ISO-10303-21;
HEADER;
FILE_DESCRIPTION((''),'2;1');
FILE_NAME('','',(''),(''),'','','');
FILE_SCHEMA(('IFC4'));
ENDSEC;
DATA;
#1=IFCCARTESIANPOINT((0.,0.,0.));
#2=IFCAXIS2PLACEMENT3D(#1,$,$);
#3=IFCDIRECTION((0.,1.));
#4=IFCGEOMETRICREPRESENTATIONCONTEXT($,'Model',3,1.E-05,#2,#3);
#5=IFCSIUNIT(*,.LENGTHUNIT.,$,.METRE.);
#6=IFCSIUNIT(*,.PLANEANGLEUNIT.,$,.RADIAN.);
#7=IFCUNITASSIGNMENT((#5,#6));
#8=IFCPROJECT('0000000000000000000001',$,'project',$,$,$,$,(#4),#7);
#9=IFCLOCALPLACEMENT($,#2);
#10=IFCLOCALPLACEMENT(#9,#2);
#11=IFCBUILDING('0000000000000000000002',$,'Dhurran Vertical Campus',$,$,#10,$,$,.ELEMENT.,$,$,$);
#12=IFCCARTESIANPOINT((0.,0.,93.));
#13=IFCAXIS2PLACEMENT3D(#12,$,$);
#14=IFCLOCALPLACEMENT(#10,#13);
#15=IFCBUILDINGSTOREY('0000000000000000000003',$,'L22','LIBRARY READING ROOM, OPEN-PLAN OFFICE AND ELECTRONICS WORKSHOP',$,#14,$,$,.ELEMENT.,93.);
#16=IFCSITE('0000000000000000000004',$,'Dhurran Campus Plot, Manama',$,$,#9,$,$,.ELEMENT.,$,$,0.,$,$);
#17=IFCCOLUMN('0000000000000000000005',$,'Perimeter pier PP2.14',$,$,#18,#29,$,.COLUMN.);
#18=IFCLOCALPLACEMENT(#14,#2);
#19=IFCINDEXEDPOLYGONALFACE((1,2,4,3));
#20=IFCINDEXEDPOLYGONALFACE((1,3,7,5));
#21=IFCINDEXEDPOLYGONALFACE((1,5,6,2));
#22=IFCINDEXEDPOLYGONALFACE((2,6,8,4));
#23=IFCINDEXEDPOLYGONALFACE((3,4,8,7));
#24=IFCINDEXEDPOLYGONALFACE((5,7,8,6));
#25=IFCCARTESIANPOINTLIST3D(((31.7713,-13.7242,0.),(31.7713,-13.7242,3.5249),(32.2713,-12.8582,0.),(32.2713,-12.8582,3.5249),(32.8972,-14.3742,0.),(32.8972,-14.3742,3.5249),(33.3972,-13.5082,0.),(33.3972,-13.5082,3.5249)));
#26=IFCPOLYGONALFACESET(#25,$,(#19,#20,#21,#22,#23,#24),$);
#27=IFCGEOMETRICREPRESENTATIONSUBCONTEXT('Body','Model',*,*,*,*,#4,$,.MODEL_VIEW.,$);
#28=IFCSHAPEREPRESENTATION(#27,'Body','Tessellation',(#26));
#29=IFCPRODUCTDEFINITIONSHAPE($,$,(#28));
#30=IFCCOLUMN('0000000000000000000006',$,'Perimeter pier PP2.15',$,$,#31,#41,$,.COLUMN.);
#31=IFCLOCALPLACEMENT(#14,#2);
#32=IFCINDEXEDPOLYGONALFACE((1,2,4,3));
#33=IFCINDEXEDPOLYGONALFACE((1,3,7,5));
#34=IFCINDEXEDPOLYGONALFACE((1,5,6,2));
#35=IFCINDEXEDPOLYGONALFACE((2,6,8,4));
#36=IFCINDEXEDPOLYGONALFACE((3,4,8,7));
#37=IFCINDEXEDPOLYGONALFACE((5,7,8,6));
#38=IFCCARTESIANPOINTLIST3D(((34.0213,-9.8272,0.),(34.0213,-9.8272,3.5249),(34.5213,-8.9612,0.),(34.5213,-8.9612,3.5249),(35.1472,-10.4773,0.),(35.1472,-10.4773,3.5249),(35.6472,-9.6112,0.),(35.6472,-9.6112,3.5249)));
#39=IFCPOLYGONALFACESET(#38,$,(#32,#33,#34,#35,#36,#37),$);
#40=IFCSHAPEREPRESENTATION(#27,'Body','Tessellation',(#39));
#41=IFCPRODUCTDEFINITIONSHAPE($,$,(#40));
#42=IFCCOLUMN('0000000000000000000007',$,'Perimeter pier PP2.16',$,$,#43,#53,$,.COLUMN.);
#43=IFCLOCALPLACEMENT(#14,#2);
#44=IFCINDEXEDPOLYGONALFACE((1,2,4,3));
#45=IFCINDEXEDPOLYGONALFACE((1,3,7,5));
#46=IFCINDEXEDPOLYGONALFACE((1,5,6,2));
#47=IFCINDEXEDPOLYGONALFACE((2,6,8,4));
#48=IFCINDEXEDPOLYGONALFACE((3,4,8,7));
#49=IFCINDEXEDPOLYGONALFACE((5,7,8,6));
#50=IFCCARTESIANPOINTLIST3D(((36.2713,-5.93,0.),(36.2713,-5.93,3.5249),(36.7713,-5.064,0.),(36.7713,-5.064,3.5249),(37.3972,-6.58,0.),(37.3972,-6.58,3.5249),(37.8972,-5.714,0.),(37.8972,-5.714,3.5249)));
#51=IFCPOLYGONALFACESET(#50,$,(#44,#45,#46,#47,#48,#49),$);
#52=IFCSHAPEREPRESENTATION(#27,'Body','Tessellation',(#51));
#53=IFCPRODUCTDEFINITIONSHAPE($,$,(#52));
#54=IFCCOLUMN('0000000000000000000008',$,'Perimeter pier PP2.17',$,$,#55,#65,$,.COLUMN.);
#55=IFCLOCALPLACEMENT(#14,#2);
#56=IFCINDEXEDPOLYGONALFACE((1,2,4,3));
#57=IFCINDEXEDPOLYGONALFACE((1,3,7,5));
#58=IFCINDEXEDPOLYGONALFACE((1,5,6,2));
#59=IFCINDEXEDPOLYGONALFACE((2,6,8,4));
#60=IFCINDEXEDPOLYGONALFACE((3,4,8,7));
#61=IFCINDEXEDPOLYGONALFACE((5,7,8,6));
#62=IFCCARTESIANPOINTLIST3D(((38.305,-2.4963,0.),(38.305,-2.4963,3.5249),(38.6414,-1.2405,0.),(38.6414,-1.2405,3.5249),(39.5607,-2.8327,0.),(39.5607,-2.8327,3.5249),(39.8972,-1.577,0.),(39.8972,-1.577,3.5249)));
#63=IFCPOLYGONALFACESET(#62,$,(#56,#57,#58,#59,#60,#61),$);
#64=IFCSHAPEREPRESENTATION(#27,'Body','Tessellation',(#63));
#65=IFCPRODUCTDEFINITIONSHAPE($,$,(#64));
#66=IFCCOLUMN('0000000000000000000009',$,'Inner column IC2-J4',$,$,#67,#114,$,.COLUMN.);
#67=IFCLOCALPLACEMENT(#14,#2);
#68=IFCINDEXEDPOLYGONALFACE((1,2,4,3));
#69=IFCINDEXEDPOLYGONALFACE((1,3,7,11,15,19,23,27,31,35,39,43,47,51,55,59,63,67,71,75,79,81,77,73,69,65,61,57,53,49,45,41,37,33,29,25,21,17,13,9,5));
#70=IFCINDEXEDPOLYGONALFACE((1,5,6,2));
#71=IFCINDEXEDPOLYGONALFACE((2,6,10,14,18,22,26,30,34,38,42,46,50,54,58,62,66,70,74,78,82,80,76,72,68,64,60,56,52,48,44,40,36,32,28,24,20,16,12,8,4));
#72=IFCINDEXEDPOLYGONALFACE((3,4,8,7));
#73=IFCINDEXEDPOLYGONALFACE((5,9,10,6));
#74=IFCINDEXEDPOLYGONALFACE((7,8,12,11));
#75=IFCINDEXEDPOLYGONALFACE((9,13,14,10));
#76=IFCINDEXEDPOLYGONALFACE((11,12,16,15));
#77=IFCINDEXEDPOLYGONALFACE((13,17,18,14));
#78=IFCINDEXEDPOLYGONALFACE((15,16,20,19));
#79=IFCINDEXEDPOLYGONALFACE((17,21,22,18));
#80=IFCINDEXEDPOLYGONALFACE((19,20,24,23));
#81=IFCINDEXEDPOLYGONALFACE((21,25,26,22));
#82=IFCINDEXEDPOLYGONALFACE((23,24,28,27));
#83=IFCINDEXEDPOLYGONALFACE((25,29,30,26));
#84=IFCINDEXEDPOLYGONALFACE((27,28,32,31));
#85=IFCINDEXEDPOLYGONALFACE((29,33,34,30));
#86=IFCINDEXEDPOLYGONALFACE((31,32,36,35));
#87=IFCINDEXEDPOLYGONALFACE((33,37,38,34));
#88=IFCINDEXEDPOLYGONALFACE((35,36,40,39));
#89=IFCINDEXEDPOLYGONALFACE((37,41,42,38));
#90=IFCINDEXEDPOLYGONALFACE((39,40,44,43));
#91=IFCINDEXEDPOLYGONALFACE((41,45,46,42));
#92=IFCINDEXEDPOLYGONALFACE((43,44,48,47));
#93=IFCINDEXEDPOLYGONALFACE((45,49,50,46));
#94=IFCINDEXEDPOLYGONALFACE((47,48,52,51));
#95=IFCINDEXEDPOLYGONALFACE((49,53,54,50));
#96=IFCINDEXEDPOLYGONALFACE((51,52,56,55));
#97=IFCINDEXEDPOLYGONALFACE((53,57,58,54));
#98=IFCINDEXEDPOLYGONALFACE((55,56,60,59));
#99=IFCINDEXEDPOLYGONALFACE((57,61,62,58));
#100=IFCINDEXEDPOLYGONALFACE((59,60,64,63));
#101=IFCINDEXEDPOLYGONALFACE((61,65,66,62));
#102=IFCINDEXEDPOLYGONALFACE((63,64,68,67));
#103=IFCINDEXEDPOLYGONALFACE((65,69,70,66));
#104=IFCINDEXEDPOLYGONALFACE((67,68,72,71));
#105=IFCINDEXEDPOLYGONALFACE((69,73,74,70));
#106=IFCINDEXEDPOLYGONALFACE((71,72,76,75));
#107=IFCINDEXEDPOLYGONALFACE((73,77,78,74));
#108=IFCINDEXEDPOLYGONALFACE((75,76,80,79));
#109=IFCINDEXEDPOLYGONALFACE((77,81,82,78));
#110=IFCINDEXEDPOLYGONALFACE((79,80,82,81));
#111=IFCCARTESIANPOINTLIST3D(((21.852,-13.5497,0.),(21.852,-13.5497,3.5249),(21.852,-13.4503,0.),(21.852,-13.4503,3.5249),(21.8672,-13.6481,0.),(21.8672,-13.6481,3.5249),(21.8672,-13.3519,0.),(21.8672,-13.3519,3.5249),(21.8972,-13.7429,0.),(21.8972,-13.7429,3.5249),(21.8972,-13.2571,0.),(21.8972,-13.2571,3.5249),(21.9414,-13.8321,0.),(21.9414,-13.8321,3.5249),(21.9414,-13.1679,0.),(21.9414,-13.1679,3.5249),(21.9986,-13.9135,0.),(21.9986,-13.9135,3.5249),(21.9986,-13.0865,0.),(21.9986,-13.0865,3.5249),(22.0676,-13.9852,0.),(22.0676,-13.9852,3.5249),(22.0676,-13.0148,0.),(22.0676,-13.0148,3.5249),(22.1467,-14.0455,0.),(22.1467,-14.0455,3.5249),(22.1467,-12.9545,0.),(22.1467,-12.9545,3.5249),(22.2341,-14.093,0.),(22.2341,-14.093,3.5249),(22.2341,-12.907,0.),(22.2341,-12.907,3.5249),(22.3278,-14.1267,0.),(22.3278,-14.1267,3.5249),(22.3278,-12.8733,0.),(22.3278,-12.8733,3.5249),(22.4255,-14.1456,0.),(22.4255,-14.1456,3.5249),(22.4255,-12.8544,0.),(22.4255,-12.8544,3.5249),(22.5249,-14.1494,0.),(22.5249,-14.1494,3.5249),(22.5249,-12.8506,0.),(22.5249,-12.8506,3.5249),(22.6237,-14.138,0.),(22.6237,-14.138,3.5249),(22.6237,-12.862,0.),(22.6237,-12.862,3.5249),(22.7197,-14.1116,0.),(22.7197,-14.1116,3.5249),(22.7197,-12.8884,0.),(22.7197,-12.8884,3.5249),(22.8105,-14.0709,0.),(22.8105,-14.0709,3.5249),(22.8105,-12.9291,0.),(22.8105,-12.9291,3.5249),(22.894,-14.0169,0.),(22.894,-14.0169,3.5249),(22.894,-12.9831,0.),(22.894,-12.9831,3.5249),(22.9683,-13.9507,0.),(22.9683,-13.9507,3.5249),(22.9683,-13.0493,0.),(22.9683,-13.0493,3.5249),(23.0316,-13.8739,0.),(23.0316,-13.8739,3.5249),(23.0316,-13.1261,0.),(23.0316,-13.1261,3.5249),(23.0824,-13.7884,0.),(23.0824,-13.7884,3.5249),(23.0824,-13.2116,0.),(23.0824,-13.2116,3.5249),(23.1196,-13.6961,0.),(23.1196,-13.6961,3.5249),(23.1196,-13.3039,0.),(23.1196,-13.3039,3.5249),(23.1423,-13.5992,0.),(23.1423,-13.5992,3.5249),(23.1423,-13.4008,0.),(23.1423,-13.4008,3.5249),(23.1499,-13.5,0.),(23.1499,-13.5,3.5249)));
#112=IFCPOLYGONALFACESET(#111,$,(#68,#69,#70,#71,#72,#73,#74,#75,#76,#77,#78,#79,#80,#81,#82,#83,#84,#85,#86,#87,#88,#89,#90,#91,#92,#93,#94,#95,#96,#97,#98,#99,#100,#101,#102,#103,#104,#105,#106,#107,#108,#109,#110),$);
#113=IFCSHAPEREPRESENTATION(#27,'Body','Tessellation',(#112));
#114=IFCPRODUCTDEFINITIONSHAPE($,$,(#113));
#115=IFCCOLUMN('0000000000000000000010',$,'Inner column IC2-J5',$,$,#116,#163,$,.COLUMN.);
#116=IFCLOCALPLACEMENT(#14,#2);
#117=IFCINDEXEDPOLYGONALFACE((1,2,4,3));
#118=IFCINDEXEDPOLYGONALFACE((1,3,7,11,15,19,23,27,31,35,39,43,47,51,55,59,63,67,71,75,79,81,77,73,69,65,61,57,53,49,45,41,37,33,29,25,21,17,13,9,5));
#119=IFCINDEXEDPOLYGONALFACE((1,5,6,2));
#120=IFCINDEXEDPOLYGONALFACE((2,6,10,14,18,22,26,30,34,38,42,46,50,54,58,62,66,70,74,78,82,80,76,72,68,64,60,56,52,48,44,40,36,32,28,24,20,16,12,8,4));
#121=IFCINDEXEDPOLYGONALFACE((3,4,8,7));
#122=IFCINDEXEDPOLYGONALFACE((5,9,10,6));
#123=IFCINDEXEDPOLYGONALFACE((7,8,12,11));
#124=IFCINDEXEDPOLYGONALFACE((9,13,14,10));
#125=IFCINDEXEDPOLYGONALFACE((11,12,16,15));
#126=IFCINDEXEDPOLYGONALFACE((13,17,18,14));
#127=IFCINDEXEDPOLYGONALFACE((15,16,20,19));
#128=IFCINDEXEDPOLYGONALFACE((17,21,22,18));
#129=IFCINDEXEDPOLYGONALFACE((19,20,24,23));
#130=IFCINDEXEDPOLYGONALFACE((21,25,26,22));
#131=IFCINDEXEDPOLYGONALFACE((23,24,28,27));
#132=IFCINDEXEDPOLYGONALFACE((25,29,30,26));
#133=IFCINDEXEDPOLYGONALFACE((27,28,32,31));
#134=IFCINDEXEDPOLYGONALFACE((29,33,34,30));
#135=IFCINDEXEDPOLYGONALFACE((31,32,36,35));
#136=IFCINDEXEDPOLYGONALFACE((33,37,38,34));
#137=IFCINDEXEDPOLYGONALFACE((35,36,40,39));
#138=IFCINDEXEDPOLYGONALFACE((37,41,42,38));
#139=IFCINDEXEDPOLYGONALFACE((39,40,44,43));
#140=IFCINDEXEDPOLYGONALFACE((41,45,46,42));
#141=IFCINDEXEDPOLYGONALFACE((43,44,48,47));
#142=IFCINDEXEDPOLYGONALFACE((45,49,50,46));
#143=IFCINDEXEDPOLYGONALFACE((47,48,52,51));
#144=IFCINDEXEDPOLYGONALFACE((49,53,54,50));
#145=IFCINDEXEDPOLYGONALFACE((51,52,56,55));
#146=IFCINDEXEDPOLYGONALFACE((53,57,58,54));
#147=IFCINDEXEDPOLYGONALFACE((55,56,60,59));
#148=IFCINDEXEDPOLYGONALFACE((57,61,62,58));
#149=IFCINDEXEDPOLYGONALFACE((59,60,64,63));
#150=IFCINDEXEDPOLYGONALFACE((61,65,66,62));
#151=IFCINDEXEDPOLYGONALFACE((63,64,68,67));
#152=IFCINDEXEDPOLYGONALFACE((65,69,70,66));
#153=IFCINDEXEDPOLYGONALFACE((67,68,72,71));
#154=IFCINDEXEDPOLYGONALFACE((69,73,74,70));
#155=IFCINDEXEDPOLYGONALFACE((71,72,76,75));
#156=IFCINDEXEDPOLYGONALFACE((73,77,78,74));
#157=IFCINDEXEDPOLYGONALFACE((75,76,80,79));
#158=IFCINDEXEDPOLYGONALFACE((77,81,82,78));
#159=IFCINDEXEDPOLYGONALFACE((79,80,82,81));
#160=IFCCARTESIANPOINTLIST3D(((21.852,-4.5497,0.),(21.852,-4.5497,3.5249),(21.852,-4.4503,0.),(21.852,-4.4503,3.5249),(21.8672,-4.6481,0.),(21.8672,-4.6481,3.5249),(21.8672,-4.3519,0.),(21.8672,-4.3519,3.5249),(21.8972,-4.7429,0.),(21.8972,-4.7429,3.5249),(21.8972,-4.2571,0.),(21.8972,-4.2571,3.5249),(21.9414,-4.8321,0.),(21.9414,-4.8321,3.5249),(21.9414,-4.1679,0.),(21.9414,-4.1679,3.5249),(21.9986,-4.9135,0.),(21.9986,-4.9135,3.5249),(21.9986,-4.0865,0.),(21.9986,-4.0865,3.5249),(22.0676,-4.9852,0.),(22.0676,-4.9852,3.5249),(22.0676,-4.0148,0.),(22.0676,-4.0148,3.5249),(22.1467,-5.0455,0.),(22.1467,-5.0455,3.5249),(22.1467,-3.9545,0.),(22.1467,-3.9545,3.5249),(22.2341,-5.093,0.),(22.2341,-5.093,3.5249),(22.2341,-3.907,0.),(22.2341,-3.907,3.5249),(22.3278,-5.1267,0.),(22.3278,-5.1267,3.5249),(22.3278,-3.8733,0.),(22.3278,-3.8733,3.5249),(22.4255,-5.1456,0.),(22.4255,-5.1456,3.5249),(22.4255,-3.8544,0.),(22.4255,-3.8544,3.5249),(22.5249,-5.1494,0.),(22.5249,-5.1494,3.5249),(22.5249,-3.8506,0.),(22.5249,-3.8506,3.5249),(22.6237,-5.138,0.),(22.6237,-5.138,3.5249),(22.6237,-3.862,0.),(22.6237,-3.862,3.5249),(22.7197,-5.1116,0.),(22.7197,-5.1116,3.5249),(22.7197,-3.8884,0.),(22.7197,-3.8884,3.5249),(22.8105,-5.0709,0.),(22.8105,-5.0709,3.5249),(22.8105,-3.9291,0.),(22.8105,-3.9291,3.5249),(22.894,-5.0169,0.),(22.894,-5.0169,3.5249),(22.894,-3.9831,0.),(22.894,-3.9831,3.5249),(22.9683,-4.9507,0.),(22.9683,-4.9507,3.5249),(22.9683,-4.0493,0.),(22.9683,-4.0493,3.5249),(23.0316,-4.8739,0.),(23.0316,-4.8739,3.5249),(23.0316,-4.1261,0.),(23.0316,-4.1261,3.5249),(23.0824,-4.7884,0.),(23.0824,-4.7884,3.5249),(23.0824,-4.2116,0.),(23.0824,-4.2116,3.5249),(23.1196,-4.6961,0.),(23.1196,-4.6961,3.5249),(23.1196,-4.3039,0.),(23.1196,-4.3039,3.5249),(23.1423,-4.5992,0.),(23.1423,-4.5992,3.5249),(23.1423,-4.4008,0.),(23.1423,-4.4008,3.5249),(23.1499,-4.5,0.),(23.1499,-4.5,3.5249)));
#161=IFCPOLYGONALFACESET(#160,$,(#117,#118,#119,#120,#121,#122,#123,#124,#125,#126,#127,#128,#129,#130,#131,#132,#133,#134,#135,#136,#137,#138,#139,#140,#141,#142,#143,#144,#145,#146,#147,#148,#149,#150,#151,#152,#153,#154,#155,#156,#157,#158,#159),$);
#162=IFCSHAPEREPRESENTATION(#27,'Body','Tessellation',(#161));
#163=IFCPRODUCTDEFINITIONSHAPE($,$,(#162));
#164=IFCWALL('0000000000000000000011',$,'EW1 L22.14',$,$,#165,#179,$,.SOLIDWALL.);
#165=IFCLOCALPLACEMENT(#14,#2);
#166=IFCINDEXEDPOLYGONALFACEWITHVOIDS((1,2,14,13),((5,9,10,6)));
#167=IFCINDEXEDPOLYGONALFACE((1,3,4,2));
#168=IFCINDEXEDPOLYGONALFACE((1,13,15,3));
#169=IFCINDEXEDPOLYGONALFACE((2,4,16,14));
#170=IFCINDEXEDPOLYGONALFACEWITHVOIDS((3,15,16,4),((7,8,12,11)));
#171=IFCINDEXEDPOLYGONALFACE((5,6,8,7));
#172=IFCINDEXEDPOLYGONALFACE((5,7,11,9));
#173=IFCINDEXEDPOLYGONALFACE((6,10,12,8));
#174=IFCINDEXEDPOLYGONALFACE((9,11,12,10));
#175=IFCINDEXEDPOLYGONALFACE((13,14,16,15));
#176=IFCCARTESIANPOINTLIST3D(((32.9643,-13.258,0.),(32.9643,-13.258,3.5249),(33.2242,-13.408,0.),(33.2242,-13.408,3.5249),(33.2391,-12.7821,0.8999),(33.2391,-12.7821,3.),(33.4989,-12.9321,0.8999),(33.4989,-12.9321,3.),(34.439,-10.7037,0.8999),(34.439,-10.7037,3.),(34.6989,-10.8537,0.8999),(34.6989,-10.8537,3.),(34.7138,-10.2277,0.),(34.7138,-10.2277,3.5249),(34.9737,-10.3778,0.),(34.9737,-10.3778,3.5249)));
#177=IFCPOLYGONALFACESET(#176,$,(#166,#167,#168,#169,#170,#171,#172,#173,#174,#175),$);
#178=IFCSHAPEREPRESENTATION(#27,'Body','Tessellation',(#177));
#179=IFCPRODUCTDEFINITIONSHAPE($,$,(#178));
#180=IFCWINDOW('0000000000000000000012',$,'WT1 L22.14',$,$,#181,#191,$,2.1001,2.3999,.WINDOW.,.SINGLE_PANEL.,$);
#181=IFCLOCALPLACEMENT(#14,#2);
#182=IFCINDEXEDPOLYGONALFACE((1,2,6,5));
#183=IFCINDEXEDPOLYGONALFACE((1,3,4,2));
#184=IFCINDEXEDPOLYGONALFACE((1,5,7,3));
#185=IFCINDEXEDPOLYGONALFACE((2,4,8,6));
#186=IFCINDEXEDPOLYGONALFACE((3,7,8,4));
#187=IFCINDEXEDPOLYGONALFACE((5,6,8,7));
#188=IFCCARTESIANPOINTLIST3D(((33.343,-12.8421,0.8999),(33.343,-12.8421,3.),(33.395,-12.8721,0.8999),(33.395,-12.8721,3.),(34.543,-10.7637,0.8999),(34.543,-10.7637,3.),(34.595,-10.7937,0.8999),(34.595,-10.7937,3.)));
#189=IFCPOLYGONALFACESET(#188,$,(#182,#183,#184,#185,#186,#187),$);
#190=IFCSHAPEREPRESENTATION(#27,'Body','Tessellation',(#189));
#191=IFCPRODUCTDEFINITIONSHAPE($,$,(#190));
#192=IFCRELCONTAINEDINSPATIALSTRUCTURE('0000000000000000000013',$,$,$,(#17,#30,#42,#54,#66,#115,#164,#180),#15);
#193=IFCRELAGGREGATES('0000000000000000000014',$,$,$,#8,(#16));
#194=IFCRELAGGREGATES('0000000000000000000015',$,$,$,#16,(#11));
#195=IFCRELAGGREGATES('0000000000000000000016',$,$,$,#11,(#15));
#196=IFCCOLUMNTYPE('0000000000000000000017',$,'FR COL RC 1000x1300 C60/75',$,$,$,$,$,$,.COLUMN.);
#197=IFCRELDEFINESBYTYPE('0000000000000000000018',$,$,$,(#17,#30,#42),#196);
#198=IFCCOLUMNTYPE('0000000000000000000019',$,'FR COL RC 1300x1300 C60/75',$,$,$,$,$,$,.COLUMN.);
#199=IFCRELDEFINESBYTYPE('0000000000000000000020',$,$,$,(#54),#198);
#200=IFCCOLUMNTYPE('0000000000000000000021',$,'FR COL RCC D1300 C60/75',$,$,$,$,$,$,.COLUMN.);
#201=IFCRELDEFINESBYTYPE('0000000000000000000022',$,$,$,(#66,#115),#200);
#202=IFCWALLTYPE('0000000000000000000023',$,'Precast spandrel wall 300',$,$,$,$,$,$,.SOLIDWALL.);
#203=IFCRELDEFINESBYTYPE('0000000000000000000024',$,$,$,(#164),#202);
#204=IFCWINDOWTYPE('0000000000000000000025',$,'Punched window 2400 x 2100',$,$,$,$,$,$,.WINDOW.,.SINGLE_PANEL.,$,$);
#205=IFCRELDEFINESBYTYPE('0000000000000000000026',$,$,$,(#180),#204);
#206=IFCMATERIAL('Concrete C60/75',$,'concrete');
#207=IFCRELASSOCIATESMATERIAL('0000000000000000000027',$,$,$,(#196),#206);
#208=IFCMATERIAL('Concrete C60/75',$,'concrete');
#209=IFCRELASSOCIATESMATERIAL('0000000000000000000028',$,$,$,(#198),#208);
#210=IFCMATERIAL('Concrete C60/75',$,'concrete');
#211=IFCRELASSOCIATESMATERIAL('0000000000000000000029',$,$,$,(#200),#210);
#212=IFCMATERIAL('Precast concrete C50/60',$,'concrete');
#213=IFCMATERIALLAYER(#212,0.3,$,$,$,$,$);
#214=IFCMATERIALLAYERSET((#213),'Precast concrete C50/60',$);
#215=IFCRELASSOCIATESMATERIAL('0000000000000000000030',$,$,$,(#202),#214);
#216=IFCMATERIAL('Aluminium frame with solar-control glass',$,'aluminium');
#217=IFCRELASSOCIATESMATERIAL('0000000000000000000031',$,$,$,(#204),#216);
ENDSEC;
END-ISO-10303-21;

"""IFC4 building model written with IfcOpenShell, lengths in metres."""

from ifc_helpers import new_model, si_unit, direction, frame, frame_2d, origin, origin_2d, place, context, subcontext, project, spatial, rectangle, circle, extrude, material, layer, layer_set, material_profile, profile_set, type_object, element, fill, save


model = new_model("IFC4")

# Units and contexts
model_context = context("Model", 3, precision=1e-05, world=origin(), true_north=direction((0.0, 1.0)))
body_context = subcontext(model_context, "Body", "Model", "MODEL_VIEW")
ifc_project = project(units=[si_unit("LENGTHUNIT", "METRE"), si_unit("PLANEANGLEUNIT", "RADIAN")], contexts=[model_context])

# Site, building, storey
site_placement = place(None, origin())
site = spatial("IfcSite", under=ifc_project, at=site_placement, Name="Dhurran Campus Plot, Manama", CompositionType="ELEMENT", RefElevation=0.0)
building_placement = place(site_placement, origin())
building = spatial("IfcBuilding", under=site, at=building_placement, Name="Dhurran Vertical Campus", CompositionType="ELEMENT")
storey_placement = place(building_placement, frame((0.0, 0.0, 93.0)))
storey = spatial("IfcBuildingStorey", under=building, at=storey_placement, Name="L22", Description="LIBRARY READING ROOM, OPEN-PLAN OFFICE AND ELECTRONICS WORKSHOP", CompositionType="ELEMENT", Elevation=93.0)

# Columns
ifc_material_1 = material(Name="Concrete C60/75", Category="concrete")
ifc_material_profile_1 = material_profile(ifc_material_1, rectangle(XDim=1.0, YDim=1.3, at=origin_2d()), Name="RC 1000x1300")
ifc_profile_set_1 = profile_set([ifc_material_profile_1], Name="Concrete C60/75")
column_type_1 = type_object("IfcColumnType", Name="FR COL RC 1000x1300 C60/75", PredefinedType="COLUMN", material=ifc_profile_set_1)
for number, where, z_axis, x_axis, name in (
    (1, (32.5842, -13.6162, 0.0), (0.0, 0.0, 1.0), (0.5, 0.866025, 0.0), "Perimeter pier PP2.14"),
    (2, (34.8342, -9.7192, 0.0), (0.0, 0.0, 1.0), (0.5, 0.866025, 0.0), "Perimeter pier PP2.15"),
    (3, (37.0842, -5.822, 0.0), (0.0, 0.0, 1.0), (0.5, 0.866025, 0.0), "Perimeter pier PP2.16"),
):
    element("IfcColumn", number, at=place(storey_placement, frame(where, z_axis=z_axis, x_axis=x_axis)), inside=storey, type_object=column_type_1, Name=name, PredefinedType="COLUMN", context=body_context, shape_type="SweptSolid", body=[
        extrude(rectangle(XDim=1.0, YDim=1.3, at=origin_2d()), origin(), (0.0, 0.0, 1.0), 3.5249),
    ])
ifc_material_2 = material(Name="Concrete C60/75", Category="concrete")
ifc_material_profile_2 = material_profile(ifc_material_2, rectangle(XDim=1.3, YDim=1.3, at=origin_2d()), Name="RC 1300x1300")
ifc_profile_set_2 = profile_set([ifc_material_profile_2], Name="Concrete C60/75")
column_type_2 = type_object("IfcColumnType", Name="FR COL RC 1300x1300 C60/75", PredefinedType="COLUMN", material=ifc_profile_set_2)
column_placement = place(storey_placement, frame((39.1011, -2.0366, 0.0), z_axis=(0.0, 0.0, 1.0), x_axis=(0.258819, 0.965926, 0.0)))
element("IfcColumn", 4, at=column_placement, inside=storey, type_object=column_type_2, Name="Perimeter pier PP2.17", PredefinedType="COLUMN", context=body_context, shape_type="SweptSolid", body=[
    extrude(rectangle(XDim=1.3, YDim=1.3, at=origin_2d()), origin(), (0.0, 0.0, 1.0), 3.5249),
])
ifc_material_3 = material(Name="Concrete C60/75", Category="concrete")
ifc_material_profile_3 = material_profile(ifc_material_3, circle(Radius=0.6499, at=origin_2d()), Name="RCC D1300")
ifc_profile_set_3 = profile_set([ifc_material_profile_3], Name="Concrete C60/75")
column_type_3 = type_object("IfcColumnType", Name="FR COL RCC D1300 C60/75", PredefinedType="COLUMN", material=ifc_profile_set_3)
for number, where, z_axis, x_axis, name in (
    (5, (22.5, -13.5, 0.0), (0.0, 0.0, 1.0), (1.0, 0.0, 0.0), "Inner column IC2-J4"),
    (6, (22.5, -4.5, 0.0), (0.0, 0.0, 1.0), (1.0, 0.0, 0.0), "Inner column IC2-J5"),
):
    element("IfcColumn", number, at=place(storey_placement, frame(where, z_axis=z_axis, x_axis=x_axis)), inside=storey, type_object=column_type_3, Name=name, PredefinedType="COLUMN", context=body_context, shape_type="SweptSolid", body=[
        extrude(circle(Radius=0.6499, at=origin_2d()), origin(), (0.0, 0.0, 1.0), 3.5249),
    ])

# Wall, opening, window
ifc_material_4 = material(Name="Precast concrete C50/60", Category="concrete")
ifc_layer_1 = layer(ifc_material_4, 0.3)
ifc_layer_set_1 = layer_set([ifc_layer_1], Name="Precast concrete C50/60")
wall_type_1 = type_object("IfcWallType", Name="Precast spandrel wall 300", PredefinedType="SOLIDWALL", material=ifc_layer_set_1)
wall_1_placement = place(storey_placement, frame((33.0942, -13.333, 0.0), z_axis=(0.0, 0.0, 1.0), x_axis=(0.499996, 0.866028, 0.0)))
wall_1 = element("IfcWall", 7, at=wall_1_placement, inside=storey, type_object=wall_type_1, Name="EW1 L22.14", PredefinedType="SOLIDWALL", context=body_context, shape_type="SweptSolid", body=[
    extrude(rectangle(XDim=3.499, YDim=0.3, at=frame_2d((1.7495, 0.0))), origin(), (0.0, 0.0, 1.0), 3.5249),
])
opening_1_placement = place(wall_1_placement, frame((0.5496, 0.0, 0.8999)))
opening_1 = element("IfcOpeningElement", 8, at=opening_1_placement, cuts=wall_1, PredefinedType="OPENING", context=body_context, shape_type="SweptSolid", body=[
    extrude(rectangle(XDim=2.3999, YDim=2.1001, at=frame_2d((1.2, 1.05))), frame((0.0, 0.1599, 0.0), z_axis=(0.0, -1.0, 0.0), x_axis=(1.0, 0.0, 0.0)), (0.0, 0.0, 1.0), 0.3201),
])
ifc_material_5 = material(Name="Aluminium frame with solar-control glass", Category="aluminium")
window_type = type_object("IfcWindowType", Name="Punched window 2400 x 2100", PartitioningType="SINGLE_PANEL", PredefinedType="WINDOW", material=ifc_material_5)
window_1_placement = place(opening_1_placement, origin())
window_1 = element("IfcWindow", 9, at=window_1_placement, inside=storey, type_object=window_type, Name="WT1 L22.14", OverallHeight=2.1001, OverallWidth=2.3999, PartitioningType="SINGLE_PANEL", PredefinedType="WINDOW", context=body_context, shape_type="SweptSolid", body=[
    extrude(rectangle(XDim=2.3999, YDim=2.1001, at=frame_2d((1.2, 1.05))), frame((0.0, 0.03, 0.0), z_axis=(0.0, -1.0, 0.0), x_axis=(1.0, 0.0, 0.0)), (0.0, 0.0, 1.0), 0.0601),
])
fill(opening_1, window_1)

save(model, "model.ifc")
